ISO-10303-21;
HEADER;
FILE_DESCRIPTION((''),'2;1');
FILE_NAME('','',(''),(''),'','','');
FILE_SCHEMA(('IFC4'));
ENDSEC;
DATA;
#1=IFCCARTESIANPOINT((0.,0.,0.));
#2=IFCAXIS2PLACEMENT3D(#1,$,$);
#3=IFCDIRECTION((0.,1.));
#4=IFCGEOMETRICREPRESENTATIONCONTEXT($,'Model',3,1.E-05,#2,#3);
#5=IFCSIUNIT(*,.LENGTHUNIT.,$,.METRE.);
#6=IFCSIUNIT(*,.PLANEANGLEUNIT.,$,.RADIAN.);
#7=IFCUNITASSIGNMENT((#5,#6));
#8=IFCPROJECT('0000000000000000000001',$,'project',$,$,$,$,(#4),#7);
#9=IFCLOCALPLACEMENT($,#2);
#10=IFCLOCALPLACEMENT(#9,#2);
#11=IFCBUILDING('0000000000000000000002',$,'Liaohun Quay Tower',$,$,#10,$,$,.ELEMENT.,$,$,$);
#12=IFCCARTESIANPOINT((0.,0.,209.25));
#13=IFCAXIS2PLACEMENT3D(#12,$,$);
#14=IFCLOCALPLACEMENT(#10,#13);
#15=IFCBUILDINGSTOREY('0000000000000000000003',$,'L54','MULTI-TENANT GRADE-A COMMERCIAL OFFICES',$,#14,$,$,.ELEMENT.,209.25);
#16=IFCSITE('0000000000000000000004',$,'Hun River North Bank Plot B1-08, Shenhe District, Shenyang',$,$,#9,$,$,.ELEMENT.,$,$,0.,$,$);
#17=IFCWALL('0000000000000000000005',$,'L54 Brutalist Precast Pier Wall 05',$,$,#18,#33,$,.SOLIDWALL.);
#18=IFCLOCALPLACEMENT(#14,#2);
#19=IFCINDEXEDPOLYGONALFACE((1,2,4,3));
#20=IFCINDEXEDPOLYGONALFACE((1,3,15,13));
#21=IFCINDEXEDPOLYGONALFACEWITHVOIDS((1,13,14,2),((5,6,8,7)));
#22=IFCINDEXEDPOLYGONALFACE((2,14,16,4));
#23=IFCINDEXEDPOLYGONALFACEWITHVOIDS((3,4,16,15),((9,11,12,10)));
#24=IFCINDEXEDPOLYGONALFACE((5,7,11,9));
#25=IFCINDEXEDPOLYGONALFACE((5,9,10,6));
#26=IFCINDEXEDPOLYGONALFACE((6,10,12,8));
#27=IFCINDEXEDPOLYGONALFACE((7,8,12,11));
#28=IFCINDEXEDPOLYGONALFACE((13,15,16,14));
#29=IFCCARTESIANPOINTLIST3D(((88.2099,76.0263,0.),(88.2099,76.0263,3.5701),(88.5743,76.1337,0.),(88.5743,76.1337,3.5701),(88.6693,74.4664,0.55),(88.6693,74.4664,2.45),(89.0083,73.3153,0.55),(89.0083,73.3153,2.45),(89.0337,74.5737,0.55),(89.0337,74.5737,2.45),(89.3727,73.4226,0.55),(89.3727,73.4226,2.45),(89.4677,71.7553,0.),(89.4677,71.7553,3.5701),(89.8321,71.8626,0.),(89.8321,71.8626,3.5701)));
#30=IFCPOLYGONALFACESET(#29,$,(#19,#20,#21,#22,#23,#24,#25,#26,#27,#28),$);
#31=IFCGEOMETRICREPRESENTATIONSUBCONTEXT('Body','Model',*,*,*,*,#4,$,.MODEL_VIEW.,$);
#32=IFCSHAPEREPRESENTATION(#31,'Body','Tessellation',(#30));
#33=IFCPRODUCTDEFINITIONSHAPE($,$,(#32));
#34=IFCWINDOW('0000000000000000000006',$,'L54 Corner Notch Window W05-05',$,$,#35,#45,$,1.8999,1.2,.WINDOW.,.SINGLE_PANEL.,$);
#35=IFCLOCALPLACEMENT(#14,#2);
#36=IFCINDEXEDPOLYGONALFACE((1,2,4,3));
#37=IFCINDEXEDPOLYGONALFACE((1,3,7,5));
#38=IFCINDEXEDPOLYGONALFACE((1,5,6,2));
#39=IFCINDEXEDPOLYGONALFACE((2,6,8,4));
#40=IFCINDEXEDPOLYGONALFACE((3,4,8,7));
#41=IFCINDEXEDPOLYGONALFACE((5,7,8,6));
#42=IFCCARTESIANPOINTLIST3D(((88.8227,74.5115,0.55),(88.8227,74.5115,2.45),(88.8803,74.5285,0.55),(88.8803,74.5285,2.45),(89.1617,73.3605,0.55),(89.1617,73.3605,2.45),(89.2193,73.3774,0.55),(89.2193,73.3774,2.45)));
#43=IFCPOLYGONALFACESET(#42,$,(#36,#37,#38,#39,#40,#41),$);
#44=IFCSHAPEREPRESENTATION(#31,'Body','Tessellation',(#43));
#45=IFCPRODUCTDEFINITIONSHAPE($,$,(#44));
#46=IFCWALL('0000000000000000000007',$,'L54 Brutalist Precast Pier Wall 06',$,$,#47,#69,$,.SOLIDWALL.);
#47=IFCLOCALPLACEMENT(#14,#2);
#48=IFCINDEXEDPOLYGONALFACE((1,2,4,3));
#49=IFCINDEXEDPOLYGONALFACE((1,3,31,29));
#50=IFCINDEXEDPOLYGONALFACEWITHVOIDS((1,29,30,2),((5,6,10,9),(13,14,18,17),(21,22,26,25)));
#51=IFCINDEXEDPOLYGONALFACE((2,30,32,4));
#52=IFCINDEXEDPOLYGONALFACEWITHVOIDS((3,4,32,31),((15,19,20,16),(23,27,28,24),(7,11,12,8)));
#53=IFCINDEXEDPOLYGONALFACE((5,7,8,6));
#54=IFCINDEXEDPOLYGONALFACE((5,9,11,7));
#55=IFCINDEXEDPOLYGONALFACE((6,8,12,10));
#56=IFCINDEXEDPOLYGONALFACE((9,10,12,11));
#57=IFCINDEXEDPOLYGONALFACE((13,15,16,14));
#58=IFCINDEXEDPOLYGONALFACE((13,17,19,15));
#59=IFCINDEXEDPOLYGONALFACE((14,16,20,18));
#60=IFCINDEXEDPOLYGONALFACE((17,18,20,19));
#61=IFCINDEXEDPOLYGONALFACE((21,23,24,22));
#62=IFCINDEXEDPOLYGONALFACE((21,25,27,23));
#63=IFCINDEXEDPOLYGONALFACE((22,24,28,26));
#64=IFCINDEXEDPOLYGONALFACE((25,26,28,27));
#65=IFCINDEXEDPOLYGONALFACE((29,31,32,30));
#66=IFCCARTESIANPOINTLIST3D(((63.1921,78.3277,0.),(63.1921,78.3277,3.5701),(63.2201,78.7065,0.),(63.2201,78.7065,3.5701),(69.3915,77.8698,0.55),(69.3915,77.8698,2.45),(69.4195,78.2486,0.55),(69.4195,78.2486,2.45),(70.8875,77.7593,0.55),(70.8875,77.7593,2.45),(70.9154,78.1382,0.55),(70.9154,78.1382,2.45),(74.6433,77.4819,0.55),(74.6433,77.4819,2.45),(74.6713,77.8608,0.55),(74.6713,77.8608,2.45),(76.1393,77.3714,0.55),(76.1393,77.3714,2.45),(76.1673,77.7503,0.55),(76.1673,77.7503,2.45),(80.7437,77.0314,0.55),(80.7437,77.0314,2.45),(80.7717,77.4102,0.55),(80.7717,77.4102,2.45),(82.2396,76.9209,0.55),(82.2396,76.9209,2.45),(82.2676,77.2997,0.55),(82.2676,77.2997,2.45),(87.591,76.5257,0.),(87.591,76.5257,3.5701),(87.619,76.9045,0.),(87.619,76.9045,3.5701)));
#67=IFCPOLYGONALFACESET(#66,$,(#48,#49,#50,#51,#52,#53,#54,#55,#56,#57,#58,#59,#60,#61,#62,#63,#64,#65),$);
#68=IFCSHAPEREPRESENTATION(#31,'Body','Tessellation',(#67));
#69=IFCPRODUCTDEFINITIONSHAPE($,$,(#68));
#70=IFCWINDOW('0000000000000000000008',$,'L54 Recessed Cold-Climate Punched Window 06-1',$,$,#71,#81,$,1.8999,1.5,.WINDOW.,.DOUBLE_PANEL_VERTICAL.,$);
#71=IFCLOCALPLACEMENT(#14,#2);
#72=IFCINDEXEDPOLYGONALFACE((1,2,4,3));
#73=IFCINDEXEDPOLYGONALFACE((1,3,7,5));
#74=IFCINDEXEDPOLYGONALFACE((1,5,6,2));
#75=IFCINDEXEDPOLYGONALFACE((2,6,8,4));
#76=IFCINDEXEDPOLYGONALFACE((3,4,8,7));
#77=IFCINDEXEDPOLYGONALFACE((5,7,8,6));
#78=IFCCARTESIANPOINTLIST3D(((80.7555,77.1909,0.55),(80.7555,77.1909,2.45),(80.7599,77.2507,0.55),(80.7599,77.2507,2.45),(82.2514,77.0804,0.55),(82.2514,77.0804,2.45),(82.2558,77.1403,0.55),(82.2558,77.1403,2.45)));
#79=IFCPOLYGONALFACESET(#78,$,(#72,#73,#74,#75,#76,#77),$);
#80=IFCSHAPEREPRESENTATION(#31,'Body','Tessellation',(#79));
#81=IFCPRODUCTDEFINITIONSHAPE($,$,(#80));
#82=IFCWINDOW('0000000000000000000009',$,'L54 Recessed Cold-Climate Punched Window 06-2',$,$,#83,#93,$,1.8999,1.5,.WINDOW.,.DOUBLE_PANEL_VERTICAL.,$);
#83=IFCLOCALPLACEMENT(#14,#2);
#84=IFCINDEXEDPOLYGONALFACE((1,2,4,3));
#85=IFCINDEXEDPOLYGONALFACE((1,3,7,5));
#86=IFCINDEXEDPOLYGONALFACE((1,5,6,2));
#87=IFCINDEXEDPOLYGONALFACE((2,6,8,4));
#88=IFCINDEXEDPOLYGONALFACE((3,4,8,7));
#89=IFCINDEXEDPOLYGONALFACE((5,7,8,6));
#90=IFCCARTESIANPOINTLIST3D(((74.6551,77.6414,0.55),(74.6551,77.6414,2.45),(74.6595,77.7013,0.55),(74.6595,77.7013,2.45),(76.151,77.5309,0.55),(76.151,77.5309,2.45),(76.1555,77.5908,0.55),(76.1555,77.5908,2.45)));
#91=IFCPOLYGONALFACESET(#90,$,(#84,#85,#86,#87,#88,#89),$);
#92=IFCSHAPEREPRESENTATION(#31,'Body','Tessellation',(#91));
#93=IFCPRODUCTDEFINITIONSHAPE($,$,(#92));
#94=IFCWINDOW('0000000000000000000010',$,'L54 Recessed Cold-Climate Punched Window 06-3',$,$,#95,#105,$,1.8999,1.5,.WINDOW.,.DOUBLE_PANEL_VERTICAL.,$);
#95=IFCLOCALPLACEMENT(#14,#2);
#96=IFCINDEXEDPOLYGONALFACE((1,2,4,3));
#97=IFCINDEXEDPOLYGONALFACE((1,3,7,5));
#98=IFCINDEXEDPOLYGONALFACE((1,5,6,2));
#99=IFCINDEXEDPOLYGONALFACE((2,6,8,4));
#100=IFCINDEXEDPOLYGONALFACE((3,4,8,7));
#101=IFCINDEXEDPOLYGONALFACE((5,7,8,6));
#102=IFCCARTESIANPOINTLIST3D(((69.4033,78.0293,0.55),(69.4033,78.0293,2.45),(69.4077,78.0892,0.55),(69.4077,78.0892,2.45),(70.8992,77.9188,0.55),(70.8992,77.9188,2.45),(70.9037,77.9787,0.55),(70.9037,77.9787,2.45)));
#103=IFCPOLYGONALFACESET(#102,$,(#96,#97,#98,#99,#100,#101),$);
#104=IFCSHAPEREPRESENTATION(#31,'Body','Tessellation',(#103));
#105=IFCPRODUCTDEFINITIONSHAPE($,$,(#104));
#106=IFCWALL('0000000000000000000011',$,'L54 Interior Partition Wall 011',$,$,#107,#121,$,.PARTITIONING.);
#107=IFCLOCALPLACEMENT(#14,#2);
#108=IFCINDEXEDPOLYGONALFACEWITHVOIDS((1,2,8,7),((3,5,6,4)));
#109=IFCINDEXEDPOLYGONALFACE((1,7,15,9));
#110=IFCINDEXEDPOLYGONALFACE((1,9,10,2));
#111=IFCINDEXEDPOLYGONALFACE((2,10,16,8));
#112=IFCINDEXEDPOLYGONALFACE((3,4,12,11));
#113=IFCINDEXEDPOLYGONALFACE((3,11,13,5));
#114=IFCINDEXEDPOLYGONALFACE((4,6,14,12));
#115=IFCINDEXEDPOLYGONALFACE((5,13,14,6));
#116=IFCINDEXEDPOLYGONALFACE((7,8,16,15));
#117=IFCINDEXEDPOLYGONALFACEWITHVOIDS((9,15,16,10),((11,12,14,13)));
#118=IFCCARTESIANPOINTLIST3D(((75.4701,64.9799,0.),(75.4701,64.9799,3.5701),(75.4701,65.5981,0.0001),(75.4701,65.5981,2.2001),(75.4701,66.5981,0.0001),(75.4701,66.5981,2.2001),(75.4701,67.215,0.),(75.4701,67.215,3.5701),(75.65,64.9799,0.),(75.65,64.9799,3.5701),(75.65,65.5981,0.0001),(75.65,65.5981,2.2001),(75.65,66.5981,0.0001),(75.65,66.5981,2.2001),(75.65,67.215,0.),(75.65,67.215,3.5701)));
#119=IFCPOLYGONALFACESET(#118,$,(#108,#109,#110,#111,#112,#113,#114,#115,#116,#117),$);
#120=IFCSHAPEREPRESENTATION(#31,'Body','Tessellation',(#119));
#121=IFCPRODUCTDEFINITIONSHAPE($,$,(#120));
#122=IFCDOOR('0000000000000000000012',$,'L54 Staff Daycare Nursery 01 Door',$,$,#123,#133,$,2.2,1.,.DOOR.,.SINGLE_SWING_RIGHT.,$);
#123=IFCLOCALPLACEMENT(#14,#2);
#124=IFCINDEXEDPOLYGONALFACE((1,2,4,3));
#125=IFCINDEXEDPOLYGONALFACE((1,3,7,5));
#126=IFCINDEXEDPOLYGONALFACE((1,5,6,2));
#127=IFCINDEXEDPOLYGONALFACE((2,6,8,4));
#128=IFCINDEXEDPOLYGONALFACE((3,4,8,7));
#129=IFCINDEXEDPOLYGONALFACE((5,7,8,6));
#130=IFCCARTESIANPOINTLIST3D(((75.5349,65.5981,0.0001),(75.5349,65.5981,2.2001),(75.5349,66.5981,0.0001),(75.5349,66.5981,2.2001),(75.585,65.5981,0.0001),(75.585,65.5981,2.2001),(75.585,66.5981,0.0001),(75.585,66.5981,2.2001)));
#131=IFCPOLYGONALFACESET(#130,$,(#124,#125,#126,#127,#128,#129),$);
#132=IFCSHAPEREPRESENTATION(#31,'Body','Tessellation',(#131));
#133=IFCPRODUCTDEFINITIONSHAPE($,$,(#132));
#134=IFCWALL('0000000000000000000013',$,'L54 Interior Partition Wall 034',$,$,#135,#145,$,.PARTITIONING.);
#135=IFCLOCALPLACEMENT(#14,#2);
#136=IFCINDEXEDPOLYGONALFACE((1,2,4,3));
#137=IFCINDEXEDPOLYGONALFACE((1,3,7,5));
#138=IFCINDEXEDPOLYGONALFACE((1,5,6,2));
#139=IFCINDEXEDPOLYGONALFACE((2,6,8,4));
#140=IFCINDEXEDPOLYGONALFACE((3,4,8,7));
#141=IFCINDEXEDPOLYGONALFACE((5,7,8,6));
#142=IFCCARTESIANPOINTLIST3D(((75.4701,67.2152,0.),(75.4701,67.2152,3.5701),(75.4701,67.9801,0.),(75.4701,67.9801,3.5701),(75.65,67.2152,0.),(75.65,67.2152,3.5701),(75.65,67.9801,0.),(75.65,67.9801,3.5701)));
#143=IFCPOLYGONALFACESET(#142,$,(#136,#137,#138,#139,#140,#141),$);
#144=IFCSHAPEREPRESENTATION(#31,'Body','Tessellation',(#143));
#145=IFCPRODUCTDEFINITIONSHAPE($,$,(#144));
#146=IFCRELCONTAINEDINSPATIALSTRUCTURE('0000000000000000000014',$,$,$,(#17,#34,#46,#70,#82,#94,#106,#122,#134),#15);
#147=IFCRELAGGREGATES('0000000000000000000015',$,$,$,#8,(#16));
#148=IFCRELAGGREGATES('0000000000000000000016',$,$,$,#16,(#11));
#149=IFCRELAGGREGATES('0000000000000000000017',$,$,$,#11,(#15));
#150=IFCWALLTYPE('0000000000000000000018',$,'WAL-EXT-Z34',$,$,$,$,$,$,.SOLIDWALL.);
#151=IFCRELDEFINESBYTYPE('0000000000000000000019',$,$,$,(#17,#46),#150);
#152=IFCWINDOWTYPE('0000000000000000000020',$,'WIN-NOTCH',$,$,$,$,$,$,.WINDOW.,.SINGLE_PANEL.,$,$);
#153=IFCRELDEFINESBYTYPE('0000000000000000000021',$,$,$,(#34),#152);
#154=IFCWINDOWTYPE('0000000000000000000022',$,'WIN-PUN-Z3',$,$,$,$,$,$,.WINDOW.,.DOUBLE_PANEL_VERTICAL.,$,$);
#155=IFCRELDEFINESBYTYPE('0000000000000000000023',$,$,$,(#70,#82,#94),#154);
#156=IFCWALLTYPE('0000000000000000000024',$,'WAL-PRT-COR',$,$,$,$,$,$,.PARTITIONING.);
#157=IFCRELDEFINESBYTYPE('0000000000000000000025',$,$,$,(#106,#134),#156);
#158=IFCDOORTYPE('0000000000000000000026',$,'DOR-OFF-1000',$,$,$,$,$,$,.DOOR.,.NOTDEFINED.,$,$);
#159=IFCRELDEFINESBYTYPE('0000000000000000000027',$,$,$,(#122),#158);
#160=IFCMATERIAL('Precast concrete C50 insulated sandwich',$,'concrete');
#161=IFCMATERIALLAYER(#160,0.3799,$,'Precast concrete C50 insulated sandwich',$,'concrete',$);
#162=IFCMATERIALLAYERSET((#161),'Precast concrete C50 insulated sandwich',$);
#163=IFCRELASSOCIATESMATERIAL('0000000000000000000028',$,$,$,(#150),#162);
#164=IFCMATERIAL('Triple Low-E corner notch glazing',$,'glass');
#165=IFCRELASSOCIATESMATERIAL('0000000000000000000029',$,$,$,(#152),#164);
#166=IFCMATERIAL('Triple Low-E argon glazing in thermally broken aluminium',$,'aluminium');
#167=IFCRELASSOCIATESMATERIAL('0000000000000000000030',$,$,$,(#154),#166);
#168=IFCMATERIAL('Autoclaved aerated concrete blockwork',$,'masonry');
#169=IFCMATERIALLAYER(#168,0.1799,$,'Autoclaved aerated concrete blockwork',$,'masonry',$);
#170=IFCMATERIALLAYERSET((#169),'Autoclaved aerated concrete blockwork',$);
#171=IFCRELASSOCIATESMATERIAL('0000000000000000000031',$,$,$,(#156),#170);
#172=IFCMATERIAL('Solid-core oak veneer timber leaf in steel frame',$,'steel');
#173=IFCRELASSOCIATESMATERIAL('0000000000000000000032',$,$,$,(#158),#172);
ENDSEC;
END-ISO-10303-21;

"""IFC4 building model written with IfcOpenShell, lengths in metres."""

from ifc_helpers import new_model, si_unit, direction, frame, frame_2d, origin, place, context, subcontext, project, spatial, rectangle, extrude, source, transform, mapped, material, layer, layer_set, type_object, element, fill, save


model = new_model("IFC4")

# Units and contexts
model_context = context("Model", 3, precision=1e-05, world=origin(), true_north=direction((0.0, 1.0)))
body_context = subcontext(model_context, "Body", "Model", "MODEL_VIEW")
ifc_project = project(units=[si_unit("LENGTHUNIT", "METRE"), si_unit("PLANEANGLEUNIT", "RADIAN")], contexts=[model_context])

# Site, building, storey
site_placement = place(None, origin())
site = spatial("IfcSite", under=ifc_project, at=site_placement, Name="Hun River North Bank Plot B1-08, Shenhe District, Shenyang", CompositionType="ELEMENT", RefElevation=0.0)
building_placement = place(site_placement, origin())
building = spatial("IfcBuilding", under=site, at=building_placement, Name="Liaohun Quay Tower", CompositionType="ELEMENT")
storey_placement = place(building_placement, frame((0.0, 0.0, 209.25)))
storey = spatial("IfcBuildingStorey", under=building, at=storey_placement, Name="L54", Description="MULTI-TENANT GRADE-A COMMERCIAL OFFICES", CompositionType="ELEMENT", Elevation=209.25)

# Wall, opening, window
ifc_material_1 = material(Name="Precast concrete C50 insulated sandwich", Category="concrete")
ifc_layer_1 = layer(ifc_material_1, 0.3799, Name="Precast concrete C50 insulated sandwich", Category="concrete")
ifc_layer_set_1 = layer_set([ifc_layer_1], Name="Precast concrete C50 insulated sandwich")
wall_type_1 = type_object("IfcWallType", Name="WAL-EXT-Z34", PredefinedType="SOLIDWALL", material=ifc_layer_set_1)
shared_shape_1 = source(origin(), body_context, "Body", "SweptSolid", [
    extrude(rectangle(XDim=1.2, YDim=1.8999, at=frame_2d((0.6001, 0.95))), frame((0.0, 0.2, 0.0), z_axis=(0.0, -1.0, 0.0), x_axis=(1.0, 0.0, 0.0)), (0.0, 0.0, 1.0), 0.3999),
])
ifc_material_2 = material(Name="Triple Low-E corner notch glazing", Category="glass")
window_type_1 = type_object("IfcWindowType", Name="WIN-NOTCH", PartitioningType="SINGLE_PANEL", PredefinedType="WINDOW", material=ifc_material_2)
shared_shape_2 = source(origin(), body_context, "Body", "SweptSolid", [
    extrude(rectangle(XDim=1.2, YDim=1.8999, at=frame_2d((0.6001, 0.95))), frame((0.0, 0.03, 0.0), z_axis=(0.0, -1.0, 0.0), x_axis=(1.0, 0.0, 0.0)), (0.0, 0.0, 1.0), 0.0601),
])
wall_1_placement = place(storey_placement, frame((89.6499, 71.8091, 0.0), z_axis=(0.0, 0.0, 1.0), x_axis=(-0.282505, 0.959266, 0.0)))
wall_1 = element("IfcWall", 1, at=wall_1_placement, inside=storey, type_object=wall_type_1, Name="L54 Brutalist Precast Pier Wall 05", PredefinedType="SOLIDWALL", context=body_context, shape_type="SweptSolid", body=[
    extrude(rectangle(XDim=4.4524, YDim=0.3799, at=frame_2d((2.2261, 0.0))), origin(), (0.0, 0.0, 1.0), 3.5701),
])
opening_1_placement = place(wall_1_placement, frame((1.626, 0.0, 0.55)))
opening_1 = element("IfcOpeningElement", 2, at=opening_1_placement, cuts=wall_1, PredefinedType="OPENING", context=body_context, shape_type="MappedRepresentation", body=[
    mapped(shared_shape_1, transform((0.0, 0.0, 0.0), x_axis=(1.0, 0.0, 0.0), y_axis=(0.0, 1.0, 0.0), z_axis=(0.0, 0.0, 1.0), scale=1.0)),
])
window_1_placement = place(opening_1_placement, origin())
window_1 = element("IfcWindow", 3, at=window_1_placement, inside=storey, type_object=window_type_1, Name="L54 Corner Notch Window W05-05", OverallHeight=1.8999, OverallWidth=1.2, PartitioningType="SINGLE_PANEL", PredefinedType="WINDOW", context=body_context, shape_type="MappedRepresentation", body=[
    mapped(shared_shape_2, transform((0.0, 0.0, 0.0), x_axis=(1.0, 0.0, 0.0), y_axis=(0.0, 1.0, 0.0), z_axis=(0.0, 0.0, 1.0), scale=1.0)),
])
fill(opening_1, window_1)

# Wall, openings, windows
wall_2_placement = place(storey_placement, frame((87.605, 76.7151, 0.0), z_axis=(0.0, 0.0, 1.0), x_axis=(-0.997284, 0.073655, 0.0)))
wall_2 = element("IfcWall", 4, at=wall_2_placement, inside=storey, type_object=wall_type_1, Name="L54 Brutalist Precast Pier Wall 06", PredefinedType="SOLIDWALL", context=body_context, shape_type="SweptSolid", body=[
    extrude(rectangle(XDim=24.4653, YDim=0.3799, at=frame_2d((12.2327, 0.0))), origin(), (0.0, 0.0, 1.0), 3.5701),
])
shared_shape_3 = source(origin(), body_context, "Body", "SweptSolid", [
    extrude(rectangle(XDim=1.5, YDim=1.8999, at=frame_2d((0.75, 0.95))), frame((0.0, 0.2, 0.0), z_axis=(0.0, -1.0, 0.0), x_axis=(1.0, 0.0, 0.0)), (0.0, 0.0, 1.0), 0.3999),
])
opening_2_placement = place(wall_2_placement, frame((5.366, 0.0, 0.55)))
opening_2 = element("IfcOpeningElement", 5, at=opening_2_placement, cuts=wall_2, PredefinedType="OPENING", context=body_context, shape_type="MappedRepresentation", body=[
    mapped(shared_shape_3, transform((0.0, 0.0, 0.0), x_axis=(1.0, 0.0, 0.0), y_axis=(0.0, 1.0, 0.0), z_axis=(0.0, 0.0, 1.0), scale=1.0)),
])
opening_3_placement = place(wall_2_placement, frame((11.4829, 0.0, 0.55)))
opening_3 = element("IfcOpeningElement", 6, at=opening_3_placement, cuts=wall_2, PredefinedType="OPENING", context=body_context, shape_type="MappedRepresentation", body=[
    mapped(shared_shape_3, transform((0.0, 0.0, 0.0), x_axis=(1.0, 0.0, 0.0), y_axis=(0.0, 1.0, 0.0), z_axis=(0.0, 0.0, 1.0), scale=1.0)),
])
opening_4_placement = place(wall_2_placement, frame((16.749, 0.0, 0.55)))
opening_4 = element("IfcOpeningElement", 7, at=opening_4_placement, cuts=wall_2, PredefinedType="OPENING", context=body_context, shape_type="MappedRepresentation", body=[
    mapped(shared_shape_3, transform((0.0, 0.0, 0.0), x_axis=(1.0, 0.0, 0.0), y_axis=(0.0, 1.0, 0.0), z_axis=(0.0, 0.0, 1.0), scale=1.0)),
])
ifc_material_3 = material(Name="Triple Low-E argon glazing in thermally broken aluminium", Category="aluminium")
window_type_2 = type_object("IfcWindowType", Name="WIN-PUN-Z3", PartitioningType="DOUBLE_PANEL_VERTICAL", PredefinedType="WINDOW", material=ifc_material_3)
shared_shape_4 = source(origin(), body_context, "Body", "SweptSolid", [
    extrude(rectangle(XDim=1.5, YDim=1.8999, at=frame_2d((0.75, 0.95))), frame((0.0, 0.03, 0.0), z_axis=(0.0, -1.0, 0.0), x_axis=(1.0, 0.0, 0.0)), (0.0, 0.0, 1.0), 0.0601),
])
window_2_placement = place(opening_2_placement, origin())
window_2 = element("IfcWindow", 8, at=window_2_placement, inside=storey, type_object=window_type_2, Name="L54 Recessed Cold-Climate Punched Window 06-1", OverallHeight=1.8999, OverallWidth=1.5, PartitioningType="DOUBLE_PANEL_VERTICAL", PredefinedType="WINDOW", context=body_context, shape_type="MappedRepresentation", body=[
    mapped(shared_shape_4, transform((0.0, 0.0, 0.0), x_axis=(1.0, 0.0, 0.0), y_axis=(0.0, 1.0, 0.0), z_axis=(0.0, 0.0, 1.0), scale=1.0)),
])
fill(opening_2, window_2)
window_3_placement = place(opening_3_placement, origin())
window_3 = element("IfcWindow", 9, at=window_3_placement, inside=storey, type_object=window_type_2, Name="L54 Recessed Cold-Climate Punched Window 06-2", OverallHeight=1.8999, OverallWidth=1.5, PartitioningType="DOUBLE_PANEL_VERTICAL", PredefinedType="WINDOW", context=body_context, shape_type="MappedRepresentation", body=[
    mapped(shared_shape_4, transform((0.0, 0.0, 0.0), x_axis=(1.0, 0.0, 0.0), y_axis=(0.0, 1.0, 0.0), z_axis=(0.0, 0.0, 1.0), scale=1.0)),
])
fill(opening_3, window_3)
window_4_placement = place(opening_4_placement, origin())
window_4 = element("IfcWindow", 10, at=window_4_placement, inside=storey, type_object=window_type_2, Name="L54 Recessed Cold-Climate Punched Window 06-3", OverallHeight=1.8999, OverallWidth=1.5, PartitioningType="DOUBLE_PANEL_VERTICAL", PredefinedType="WINDOW", context=body_context, shape_type="MappedRepresentation", body=[
    mapped(shared_shape_4, transform((0.0, 0.0, 0.0), x_axis=(1.0, 0.0, 0.0), y_axis=(0.0, 1.0, 0.0), z_axis=(0.0, 0.0, 1.0), scale=1.0)),
])
fill(opening_4, window_4)

# Wall, opening, door
ifc_material_4 = material(Name="Autoclaved aerated concrete blockwork", Category="masonry")
ifc_layer_2 = layer(ifc_material_4, 0.1799, Name="Autoclaved aerated concrete blockwork", Category="masonry")
ifc_layer_set_2 = layer_set([ifc_layer_2], Name="Autoclaved aerated concrete blockwork")
wall_type_2 = type_object("IfcWallType", Name="WAL-PRT-COR", PredefinedType="PARTITIONING", material=ifc_layer_set_2)
wall_3_placement = place(storey_placement, frame((75.5601, 67.2151, 0.0), z_axis=(0.0, 0.0, 1.0), x_axis=(0.0, -1.0, 0.0)))
wall_3 = element("IfcWall", 11, at=wall_3_placement, inside=storey, type_object=wall_type_2, Name="L54 Interior Partition Wall 011", PredefinedType="PARTITIONING", context=body_context, shape_type="SweptSolid", body=[
    extrude(rectangle(XDim=2.2351, YDim=0.1799, at=frame_2d((1.1177, 0.0))), origin(), (0.0, 0.0, 1.0), 3.5701),
])
shared_shape_5 = source(origin(), body_context, "Body", "SweptSolid", [
    extrude(rectangle(XDim=1.0, YDim=2.2, at=frame_2d((0.5, 1.1001))), frame((0.0, 0.0999, 0.0), z_axis=(0.0, -1.0, 0.0), x_axis=(1.0, 0.0, 0.0)), (0.0, 0.0, 1.0), 0.2),
])
opening_5_placement = place(wall_3_placement, frame((0.6169, 0.0, 0.0)))
opening_5 = element("IfcOpeningElement", 12, at=opening_5_placement, cuts=wall_3, PredefinedType="OPENING", context=body_context, shape_type="MappedRepresentation", body=[
    mapped(shared_shape_5, transform((0.0, 0.0, 0.0), x_axis=(1.0, 0.0, 0.0), y_axis=(0.0, 1.0, 0.0), z_axis=(0.0, 0.0, 1.0), scale=1.0)),
])
ifc_material_5 = material(Name="Solid-core oak veneer timber leaf in steel frame", Category="steel")
door_type = type_object("IfcDoorType", Name="DOR-OFF-1000", OperationType="NOTDEFINED", PredefinedType="DOOR", material=ifc_material_5)
shared_shape_6 = source(origin(), body_context, "Body", "SweptSolid", [
    extrude(rectangle(XDim=1.0, YDim=2.2, at=frame_2d((0.5, 1.1001))), frame((0.0, 0.0249, 0.0), z_axis=(0.0, -1.0, 0.0), x_axis=(1.0, 0.0, 0.0)), (0.0, 0.0, 1.0), 0.05),
])
door_placement = place(opening_5_placement, origin())
door = element("IfcDoor", 13, at=door_placement, inside=storey, type_object=door_type, Name="L54 Staff Daycare Nursery 01 Door", OperationType="SINGLE_SWING_RIGHT", OverallHeight=2.2, OverallWidth=1.0, PredefinedType="DOOR", context=body_context, shape_type="MappedRepresentation", body=[
    mapped(shared_shape_6, transform((0.0, 0.0, 0.0), x_axis=(1.0, 0.0, 0.0), y_axis=(0.0, 1.0, 0.0), z_axis=(0.0, 0.0, 1.0), scale=1.0)),
])
fill(opening_5, door)

# Wall
wall_4_placement = place(storey_placement, frame((75.5601, 67.98, 0.0), z_axis=(0.0, 0.0, 1.0), x_axis=(0.0, -1.0, 0.0)))
element("IfcWall", 14, at=wall_4_placement, inside=storey, type_object=wall_type_2, Name="L54 Interior Partition Wall 034", PredefinedType="PARTITIONING", context=body_context, shape_type="SweptSolid", body=[
    extrude(rectangle(XDim=0.7649, YDim=0.1799, at=frame_2d((0.3823, 0.0))), origin(), (0.0, 0.0, 1.0), 3.5701),
])

save(model, "model.ifc")
